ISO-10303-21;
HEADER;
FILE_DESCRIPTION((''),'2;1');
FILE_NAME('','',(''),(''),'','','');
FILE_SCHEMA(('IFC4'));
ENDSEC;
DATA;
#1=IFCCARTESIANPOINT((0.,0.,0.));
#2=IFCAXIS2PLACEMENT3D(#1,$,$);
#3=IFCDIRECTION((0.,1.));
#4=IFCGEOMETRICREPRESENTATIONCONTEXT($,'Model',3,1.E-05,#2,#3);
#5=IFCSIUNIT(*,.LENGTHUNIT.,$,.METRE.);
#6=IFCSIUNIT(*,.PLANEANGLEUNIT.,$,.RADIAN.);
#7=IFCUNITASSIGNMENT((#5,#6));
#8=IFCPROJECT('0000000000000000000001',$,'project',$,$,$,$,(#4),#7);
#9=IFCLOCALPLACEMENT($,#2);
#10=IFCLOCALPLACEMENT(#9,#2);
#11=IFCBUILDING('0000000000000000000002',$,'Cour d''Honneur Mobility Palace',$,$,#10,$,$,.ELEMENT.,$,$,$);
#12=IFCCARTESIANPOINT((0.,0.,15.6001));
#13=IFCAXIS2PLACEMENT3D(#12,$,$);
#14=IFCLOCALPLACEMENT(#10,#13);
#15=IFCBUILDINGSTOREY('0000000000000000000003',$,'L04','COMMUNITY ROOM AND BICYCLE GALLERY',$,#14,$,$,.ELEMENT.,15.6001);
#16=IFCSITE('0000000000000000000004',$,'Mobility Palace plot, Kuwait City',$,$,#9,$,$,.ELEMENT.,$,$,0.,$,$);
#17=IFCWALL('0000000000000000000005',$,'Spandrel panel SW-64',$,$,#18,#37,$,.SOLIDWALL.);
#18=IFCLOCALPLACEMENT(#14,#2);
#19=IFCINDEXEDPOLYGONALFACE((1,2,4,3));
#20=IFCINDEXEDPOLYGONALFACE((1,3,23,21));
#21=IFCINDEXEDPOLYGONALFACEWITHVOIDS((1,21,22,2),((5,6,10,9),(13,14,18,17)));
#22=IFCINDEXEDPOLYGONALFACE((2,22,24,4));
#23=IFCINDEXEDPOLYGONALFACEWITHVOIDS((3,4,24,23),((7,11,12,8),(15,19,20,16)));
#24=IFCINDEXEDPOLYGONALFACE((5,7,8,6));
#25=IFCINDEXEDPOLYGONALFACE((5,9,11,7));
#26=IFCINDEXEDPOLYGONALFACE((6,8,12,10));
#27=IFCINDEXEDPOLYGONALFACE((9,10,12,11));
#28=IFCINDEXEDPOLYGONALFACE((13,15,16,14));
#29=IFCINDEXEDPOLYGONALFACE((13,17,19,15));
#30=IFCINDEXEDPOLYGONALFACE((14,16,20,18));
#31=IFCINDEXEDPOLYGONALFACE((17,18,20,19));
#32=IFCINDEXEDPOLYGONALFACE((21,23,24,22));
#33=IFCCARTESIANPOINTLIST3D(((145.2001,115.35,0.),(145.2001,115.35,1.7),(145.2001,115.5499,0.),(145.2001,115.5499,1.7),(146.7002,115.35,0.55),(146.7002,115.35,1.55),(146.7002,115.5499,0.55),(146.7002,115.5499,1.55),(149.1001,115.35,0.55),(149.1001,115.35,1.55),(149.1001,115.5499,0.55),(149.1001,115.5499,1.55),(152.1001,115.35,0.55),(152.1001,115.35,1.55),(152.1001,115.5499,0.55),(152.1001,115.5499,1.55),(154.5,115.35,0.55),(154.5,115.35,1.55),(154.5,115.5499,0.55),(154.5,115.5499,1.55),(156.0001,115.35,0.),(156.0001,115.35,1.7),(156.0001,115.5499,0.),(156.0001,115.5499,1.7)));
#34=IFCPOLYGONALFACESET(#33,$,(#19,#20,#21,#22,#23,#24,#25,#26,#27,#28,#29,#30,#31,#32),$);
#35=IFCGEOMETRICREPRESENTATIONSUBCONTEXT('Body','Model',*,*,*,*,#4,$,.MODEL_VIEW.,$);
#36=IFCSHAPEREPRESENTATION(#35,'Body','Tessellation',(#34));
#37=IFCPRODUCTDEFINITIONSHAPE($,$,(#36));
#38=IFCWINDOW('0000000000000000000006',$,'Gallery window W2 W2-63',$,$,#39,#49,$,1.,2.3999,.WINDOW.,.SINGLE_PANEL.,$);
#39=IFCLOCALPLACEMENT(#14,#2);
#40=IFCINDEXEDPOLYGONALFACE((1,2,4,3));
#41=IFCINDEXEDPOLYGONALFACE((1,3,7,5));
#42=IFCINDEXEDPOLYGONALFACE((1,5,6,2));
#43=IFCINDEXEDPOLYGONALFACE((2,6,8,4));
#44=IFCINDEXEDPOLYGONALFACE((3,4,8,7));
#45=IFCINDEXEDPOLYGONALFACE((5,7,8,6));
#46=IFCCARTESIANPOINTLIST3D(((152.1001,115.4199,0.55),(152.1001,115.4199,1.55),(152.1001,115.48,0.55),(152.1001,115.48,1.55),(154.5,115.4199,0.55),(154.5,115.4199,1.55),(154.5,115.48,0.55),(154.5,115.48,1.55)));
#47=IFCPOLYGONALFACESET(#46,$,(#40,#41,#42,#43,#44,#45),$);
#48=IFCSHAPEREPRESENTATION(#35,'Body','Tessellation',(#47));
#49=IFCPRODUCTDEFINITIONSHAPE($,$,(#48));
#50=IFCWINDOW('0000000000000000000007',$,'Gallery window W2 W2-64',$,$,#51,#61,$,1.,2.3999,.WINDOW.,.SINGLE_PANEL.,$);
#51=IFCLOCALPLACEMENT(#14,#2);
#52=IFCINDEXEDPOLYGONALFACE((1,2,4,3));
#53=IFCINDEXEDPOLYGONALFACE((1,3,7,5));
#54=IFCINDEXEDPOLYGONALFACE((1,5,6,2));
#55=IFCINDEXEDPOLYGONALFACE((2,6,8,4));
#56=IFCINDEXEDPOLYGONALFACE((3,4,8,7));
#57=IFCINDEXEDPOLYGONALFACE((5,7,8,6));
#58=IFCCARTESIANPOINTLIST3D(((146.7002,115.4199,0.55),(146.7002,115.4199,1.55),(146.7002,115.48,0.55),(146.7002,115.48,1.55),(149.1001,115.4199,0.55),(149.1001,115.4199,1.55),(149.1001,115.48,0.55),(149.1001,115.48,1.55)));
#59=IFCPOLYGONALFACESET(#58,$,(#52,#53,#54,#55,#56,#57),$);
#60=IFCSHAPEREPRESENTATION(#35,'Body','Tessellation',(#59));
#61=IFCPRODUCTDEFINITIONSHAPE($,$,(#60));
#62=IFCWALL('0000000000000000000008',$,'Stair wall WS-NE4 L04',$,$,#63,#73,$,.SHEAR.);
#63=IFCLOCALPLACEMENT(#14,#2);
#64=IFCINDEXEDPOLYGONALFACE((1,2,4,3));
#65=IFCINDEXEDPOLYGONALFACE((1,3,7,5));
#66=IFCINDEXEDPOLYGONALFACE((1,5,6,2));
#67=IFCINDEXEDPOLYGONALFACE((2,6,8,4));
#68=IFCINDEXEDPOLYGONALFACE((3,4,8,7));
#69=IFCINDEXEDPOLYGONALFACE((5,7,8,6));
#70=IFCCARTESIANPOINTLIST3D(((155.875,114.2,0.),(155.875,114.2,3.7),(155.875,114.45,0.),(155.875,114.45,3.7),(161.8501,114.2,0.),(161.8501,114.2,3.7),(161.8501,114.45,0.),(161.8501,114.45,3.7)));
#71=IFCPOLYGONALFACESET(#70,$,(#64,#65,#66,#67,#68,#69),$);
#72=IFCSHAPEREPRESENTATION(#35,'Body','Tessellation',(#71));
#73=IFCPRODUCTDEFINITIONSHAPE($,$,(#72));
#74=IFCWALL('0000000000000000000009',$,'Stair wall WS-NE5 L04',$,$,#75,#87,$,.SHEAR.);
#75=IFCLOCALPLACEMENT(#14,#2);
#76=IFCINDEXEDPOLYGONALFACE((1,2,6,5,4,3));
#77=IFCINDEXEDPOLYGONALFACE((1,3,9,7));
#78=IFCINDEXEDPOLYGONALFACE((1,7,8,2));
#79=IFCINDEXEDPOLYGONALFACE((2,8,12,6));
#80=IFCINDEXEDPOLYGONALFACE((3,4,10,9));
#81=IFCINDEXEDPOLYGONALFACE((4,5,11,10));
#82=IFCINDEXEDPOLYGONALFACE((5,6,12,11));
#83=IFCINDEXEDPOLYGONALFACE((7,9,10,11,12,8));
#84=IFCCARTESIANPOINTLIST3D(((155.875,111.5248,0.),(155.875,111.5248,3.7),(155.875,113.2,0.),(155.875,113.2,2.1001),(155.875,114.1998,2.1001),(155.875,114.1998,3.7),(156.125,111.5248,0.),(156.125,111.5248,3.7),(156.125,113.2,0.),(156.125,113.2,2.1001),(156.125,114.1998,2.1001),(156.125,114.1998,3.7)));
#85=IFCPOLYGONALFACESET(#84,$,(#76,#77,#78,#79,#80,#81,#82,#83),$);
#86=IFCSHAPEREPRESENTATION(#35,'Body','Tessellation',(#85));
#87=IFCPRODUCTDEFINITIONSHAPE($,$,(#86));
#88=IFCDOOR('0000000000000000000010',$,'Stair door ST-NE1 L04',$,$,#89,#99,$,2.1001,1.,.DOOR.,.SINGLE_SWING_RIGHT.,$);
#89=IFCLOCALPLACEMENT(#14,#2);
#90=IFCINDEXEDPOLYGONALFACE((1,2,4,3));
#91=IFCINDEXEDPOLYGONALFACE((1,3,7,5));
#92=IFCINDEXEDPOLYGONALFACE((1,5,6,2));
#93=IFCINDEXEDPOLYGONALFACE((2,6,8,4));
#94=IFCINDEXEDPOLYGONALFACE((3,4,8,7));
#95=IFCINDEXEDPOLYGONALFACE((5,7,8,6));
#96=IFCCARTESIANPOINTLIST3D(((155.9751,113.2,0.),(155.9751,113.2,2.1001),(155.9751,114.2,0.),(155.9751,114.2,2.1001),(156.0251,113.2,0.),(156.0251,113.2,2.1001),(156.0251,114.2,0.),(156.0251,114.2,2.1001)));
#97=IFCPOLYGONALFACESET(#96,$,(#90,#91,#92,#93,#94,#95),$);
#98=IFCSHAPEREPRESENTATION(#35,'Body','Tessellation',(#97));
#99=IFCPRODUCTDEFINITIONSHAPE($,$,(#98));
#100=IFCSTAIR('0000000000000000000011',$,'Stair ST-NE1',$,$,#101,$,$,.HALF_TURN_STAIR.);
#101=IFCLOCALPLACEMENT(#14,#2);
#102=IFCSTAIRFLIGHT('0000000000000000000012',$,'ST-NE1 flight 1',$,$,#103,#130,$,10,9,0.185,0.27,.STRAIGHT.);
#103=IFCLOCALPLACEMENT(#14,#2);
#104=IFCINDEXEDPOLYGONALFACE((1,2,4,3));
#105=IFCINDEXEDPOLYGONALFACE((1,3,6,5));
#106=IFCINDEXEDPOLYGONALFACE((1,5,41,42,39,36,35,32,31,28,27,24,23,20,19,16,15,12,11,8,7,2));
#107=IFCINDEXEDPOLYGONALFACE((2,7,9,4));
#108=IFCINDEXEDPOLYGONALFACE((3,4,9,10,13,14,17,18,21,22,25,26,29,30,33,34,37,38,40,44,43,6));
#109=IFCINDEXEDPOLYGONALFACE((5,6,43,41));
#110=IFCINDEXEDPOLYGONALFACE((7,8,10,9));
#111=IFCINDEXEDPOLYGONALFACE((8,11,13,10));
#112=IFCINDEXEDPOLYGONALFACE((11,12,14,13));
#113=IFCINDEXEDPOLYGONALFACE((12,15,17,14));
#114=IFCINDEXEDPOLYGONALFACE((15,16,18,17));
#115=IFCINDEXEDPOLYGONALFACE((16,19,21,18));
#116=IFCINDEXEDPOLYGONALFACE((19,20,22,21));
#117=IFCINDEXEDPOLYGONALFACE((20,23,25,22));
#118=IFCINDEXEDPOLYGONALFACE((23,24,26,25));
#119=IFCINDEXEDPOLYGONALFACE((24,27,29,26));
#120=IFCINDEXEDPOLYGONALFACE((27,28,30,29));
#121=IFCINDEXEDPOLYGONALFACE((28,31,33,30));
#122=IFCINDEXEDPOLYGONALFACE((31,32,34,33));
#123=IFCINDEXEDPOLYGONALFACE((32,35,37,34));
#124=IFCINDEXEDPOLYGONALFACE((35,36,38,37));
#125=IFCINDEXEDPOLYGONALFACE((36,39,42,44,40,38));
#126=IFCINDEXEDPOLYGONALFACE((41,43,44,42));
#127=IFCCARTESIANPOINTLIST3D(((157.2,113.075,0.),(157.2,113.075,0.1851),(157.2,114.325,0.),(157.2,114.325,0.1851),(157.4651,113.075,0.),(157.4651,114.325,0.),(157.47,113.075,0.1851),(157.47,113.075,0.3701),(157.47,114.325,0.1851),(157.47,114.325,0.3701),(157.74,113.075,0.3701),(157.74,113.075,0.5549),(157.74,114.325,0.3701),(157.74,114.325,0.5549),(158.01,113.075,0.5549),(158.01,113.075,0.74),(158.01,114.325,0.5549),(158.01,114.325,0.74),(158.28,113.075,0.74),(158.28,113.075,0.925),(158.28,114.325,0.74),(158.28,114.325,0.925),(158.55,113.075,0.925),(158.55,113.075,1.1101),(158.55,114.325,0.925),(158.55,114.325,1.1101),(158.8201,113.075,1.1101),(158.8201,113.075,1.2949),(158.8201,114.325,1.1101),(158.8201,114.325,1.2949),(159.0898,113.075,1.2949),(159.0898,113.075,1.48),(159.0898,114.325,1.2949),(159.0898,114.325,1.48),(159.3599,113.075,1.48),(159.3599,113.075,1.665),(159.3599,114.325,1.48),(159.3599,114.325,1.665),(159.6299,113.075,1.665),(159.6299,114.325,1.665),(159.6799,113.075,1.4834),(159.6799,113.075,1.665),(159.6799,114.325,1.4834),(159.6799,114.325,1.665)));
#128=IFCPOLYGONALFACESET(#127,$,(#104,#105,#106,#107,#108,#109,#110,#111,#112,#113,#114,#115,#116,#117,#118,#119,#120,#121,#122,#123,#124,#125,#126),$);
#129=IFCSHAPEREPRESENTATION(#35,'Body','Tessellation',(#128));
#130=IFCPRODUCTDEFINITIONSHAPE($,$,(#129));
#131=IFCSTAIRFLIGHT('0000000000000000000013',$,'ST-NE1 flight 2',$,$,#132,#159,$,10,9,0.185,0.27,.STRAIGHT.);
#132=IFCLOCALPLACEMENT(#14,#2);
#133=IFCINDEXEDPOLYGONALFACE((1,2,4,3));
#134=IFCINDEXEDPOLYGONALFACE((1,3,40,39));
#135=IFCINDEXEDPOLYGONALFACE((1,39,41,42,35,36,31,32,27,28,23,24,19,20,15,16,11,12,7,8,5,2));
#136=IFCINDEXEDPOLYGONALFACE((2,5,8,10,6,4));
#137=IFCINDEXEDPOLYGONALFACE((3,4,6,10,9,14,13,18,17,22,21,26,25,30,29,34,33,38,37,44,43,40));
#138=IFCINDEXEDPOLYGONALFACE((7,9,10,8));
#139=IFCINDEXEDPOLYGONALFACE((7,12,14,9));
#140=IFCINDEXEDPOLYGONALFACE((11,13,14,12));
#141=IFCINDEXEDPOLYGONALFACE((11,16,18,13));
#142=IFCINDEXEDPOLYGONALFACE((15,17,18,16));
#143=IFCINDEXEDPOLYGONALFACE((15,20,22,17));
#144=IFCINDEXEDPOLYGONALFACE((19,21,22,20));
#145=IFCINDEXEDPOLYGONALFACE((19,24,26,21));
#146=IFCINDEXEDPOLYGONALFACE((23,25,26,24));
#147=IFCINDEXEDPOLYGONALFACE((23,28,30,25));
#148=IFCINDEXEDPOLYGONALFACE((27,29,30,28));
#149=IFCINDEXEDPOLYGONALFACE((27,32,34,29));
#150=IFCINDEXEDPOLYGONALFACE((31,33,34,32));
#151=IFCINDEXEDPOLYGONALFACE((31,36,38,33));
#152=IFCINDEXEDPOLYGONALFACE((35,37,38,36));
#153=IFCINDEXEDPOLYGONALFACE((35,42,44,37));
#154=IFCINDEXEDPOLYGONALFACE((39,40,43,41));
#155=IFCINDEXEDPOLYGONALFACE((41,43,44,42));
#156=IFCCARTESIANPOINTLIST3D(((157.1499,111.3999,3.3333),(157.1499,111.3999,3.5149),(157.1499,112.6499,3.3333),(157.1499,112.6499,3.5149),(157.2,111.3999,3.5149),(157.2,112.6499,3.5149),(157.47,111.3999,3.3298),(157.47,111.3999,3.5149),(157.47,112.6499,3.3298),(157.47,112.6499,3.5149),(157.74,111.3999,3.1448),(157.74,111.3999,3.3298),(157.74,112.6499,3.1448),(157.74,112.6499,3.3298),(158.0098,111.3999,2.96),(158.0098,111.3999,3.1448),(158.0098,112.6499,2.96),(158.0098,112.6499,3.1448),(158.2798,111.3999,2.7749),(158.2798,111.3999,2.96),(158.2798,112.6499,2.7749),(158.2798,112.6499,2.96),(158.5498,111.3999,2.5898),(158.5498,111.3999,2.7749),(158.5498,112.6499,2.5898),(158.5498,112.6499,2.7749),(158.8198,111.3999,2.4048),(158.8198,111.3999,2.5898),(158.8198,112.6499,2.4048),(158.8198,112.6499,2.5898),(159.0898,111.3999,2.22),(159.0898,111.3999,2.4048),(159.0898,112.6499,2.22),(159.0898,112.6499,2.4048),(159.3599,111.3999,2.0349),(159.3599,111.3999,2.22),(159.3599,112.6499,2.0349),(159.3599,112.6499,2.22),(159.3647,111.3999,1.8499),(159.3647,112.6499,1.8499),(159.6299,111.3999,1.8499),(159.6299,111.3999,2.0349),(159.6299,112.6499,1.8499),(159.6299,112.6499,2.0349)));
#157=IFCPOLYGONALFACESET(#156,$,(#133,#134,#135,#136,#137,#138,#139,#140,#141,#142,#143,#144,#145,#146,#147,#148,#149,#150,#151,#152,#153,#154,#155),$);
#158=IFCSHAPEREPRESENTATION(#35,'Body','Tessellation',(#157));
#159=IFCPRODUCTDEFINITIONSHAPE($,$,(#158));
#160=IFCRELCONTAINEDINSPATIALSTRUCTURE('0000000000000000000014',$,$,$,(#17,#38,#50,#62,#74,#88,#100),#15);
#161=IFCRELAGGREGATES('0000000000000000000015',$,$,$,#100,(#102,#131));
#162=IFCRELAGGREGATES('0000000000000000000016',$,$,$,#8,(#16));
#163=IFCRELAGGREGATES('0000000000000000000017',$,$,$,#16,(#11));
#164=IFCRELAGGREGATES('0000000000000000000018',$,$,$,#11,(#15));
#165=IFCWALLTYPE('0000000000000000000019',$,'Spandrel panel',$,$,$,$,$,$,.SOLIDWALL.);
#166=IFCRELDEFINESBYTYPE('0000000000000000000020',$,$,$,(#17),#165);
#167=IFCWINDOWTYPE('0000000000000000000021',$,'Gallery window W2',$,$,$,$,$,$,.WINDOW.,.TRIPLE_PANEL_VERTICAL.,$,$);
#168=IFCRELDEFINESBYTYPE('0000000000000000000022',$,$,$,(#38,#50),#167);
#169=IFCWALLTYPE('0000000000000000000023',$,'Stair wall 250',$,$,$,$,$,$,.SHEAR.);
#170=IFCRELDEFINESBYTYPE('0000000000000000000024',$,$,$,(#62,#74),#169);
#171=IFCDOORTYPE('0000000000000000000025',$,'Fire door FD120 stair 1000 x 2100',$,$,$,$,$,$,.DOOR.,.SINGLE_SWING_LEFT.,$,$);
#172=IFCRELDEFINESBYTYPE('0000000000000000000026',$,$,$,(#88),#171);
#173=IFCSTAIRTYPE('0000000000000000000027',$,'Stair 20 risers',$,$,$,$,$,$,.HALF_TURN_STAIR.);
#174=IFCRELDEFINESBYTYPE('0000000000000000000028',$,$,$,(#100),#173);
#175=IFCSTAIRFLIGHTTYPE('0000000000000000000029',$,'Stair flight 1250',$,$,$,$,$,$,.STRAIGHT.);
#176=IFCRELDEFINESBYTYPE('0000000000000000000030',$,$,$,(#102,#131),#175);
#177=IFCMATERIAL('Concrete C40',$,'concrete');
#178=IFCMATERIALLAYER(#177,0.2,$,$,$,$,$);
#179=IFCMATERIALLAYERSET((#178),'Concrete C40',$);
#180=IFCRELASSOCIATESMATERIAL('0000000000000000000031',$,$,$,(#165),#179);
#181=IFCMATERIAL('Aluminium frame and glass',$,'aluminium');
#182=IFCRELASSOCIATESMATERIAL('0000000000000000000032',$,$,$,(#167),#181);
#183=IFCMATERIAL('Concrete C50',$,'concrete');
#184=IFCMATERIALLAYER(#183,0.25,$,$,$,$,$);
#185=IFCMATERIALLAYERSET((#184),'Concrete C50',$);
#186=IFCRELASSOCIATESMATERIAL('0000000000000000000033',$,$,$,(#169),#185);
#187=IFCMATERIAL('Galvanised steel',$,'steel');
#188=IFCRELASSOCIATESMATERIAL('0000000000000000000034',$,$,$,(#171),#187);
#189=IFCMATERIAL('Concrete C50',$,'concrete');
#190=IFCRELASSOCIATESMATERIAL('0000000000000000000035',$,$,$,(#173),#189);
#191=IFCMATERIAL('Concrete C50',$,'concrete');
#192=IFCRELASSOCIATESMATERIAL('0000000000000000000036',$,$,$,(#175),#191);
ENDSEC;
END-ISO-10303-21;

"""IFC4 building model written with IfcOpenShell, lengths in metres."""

from ifc_helpers import new_model, si_unit, direction, frame, frame_2d, origin, place, context, subcontext, project, spatial, polyline, rectangle, outline, extrude, material, layer, layer_set, type_object, element, fill, aggregate, save


model = new_model("IFC4")

# Units and contexts
model_context = context("Model", 3, precision=1e-05, world=origin(), true_north=direction((0.0, 1.0)))
body_context = subcontext(model_context, "Body", "Model", "MODEL_VIEW")
ifc_project = project(units=[si_unit("LENGTHUNIT", "METRE"), si_unit("PLANEANGLEUNIT", "RADIAN")], contexts=[model_context])

# Site, building, storey
site_placement = place(None, origin())
site = spatial("IfcSite", under=ifc_project, at=site_placement, Name="Mobility Palace plot, Kuwait City", CompositionType="ELEMENT", RefElevation=0.0)
building_placement = place(site_placement, origin())
building = spatial("IfcBuilding", under=site, at=building_placement, Name="Cour d'Honneur Mobility Palace", CompositionType="ELEMENT")
storey_placement = place(building_placement, frame((0.0, 0.0, 15.6001)))
storey = spatial("IfcBuildingStorey", under=building, at=storey_placement, Name="L04", Description="COMMUNITY ROOM AND BICYCLE GALLERY", CompositionType="ELEMENT", Elevation=15.6001)

# Wall, openings, windows
ifc_material_1 = material(Name="Concrete C40", Category="concrete")
ifc_layer_1 = layer(ifc_material_1, 0.2)
ifc_layer_set_1 = layer_set([ifc_layer_1], Name="Concrete C40")
wall_type_1 = type_object("IfcWallType", Name="Spandrel panel", PredefinedType="SOLIDWALL", material=ifc_layer_set_1)
wall_1_placement = place(storey_placement, frame((156.0, 115.45, 0.0), z_axis=(0.0, 0.0, 1.0), x_axis=(-1.0, 0.0, 0.0)))
wall_1 = element("IfcWall", 1, at=wall_1_placement, inside=storey, type_object=wall_type_1, Name="Spandrel panel SW-64", PredefinedType="SOLIDWALL", context=body_context, shape_type="SweptSolid", body=[
    extrude(rectangle(XDim=10.8, YDim=0.2, at=frame_2d((5.3999, 0.0))), origin(), (0.0, 0.0, 1.0), 1.7),
])
opening_1_placement = place(wall_1_placement, frame((1.5, 0.0, 0.55)))
opening_1 = element("IfcOpeningElement", 2, at=opening_1_placement, cuts=wall_1, PredefinedType="OPENING", context=body_context, shape_type="SweptSolid", body=[
    extrude(rectangle(XDim=2.3999, YDim=1.0, at=frame_2d((1.2, 0.5))), frame((0.0, 0.1099, 0.0), z_axis=(0.0, -1.0, 0.0), x_axis=(1.0, 0.0, 0.0)), (0.0, 0.0, 1.0), 0.22),
])
opening_2_placement = place(wall_1_placement, frame((6.8999, 0.0, 0.55)))
opening_2 = element("IfcOpeningElement", 3, at=opening_2_placement, cuts=wall_1, PredefinedType="OPENING", context=body_context, shape_type="SweptSolid", body=[
    extrude(rectangle(XDim=2.3999, YDim=1.0, at=frame_2d((1.2, 0.5))), frame((0.0, 0.1099, 0.0), z_axis=(0.0, -1.0, 0.0), x_axis=(1.0, 0.0, 0.0)), (0.0, 0.0, 1.0), 0.22),
])
ifc_material_2 = material(Name="Aluminium frame and glass", Category="aluminium")
window_type = type_object("IfcWindowType", Name="Gallery window W2", PartitioningType="TRIPLE_PANEL_VERTICAL", PredefinedType="WINDOW", material=ifc_material_2)
window_1_placement = place(opening_1_placement, origin())
window_1 = element("IfcWindow", 4, at=window_1_placement, inside=storey, type_object=window_type, Name="Gallery window W2 W2-63", OverallHeight=1.0, OverallWidth=2.3999, PartitioningType="SINGLE_PANEL", PredefinedType="WINDOW", context=body_context, shape_type="SweptSolid", body=[
    extrude(rectangle(XDim=2.3999, YDim=1.0, at=frame_2d((1.2, 0.5))), frame((0.0, 0.03, 0.0), z_axis=(0.0, -1.0, 0.0), x_axis=(1.0, 0.0, 0.0)), (0.0, 0.0, 1.0), 0.0601),
])
fill(opening_1, window_1)
window_2_placement = place(opening_2_placement, origin())
window_2 = element("IfcWindow", 5, at=window_2_placement, inside=storey, type_object=window_type, Name="Gallery window W2 W2-64", OverallHeight=1.0, OverallWidth=2.3999, PartitioningType="SINGLE_PANEL", PredefinedType="WINDOW", context=body_context, shape_type="SweptSolid", body=[
    extrude(rectangle(XDim=2.3999, YDim=1.0, at=frame_2d((1.2, 0.5))), frame((0.0, 0.03, 0.0), z_axis=(0.0, -1.0, 0.0), x_axis=(1.0, 0.0, 0.0)), (0.0, 0.0, 1.0), 0.0601),
])
fill(opening_2, window_2)

# Wall
ifc_material_3 = material(Name="Concrete C50", Category="concrete")
ifc_layer_2 = layer(ifc_material_3, 0.25)
ifc_layer_set_2 = layer_set([ifc_layer_2], Name="Concrete C50")
wall_type_2 = type_object("IfcWallType", Name="Stair wall 250", PredefinedType="SHEAR", material=ifc_layer_set_2)
wall_2_placement = place(storey_placement, frame((155.875, 114.325, 0.0), z_axis=(0.0, 0.0, 1.0), x_axis=(1.0, 0.0, 0.0)))
element("IfcWall", 6, at=wall_2_placement, inside=storey, type_object=wall_type_2, Name="Stair wall WS-NE4 L04", PredefinedType="SHEAR", context=body_context, shape_type="SweptSolid", body=[
    extrude(rectangle(XDim=5.9751, YDim=0.25, at=frame_2d((2.9875, 0.0))), origin(), (0.0, 0.0, 1.0), 3.7),
])

# Wall, opening, door
wall_3_placement = place(storey_placement, frame((156.0, 111.5249, 0.0), z_axis=(0.0, 0.0, 1.0), x_axis=(0.0, 1.0, 0.0)))
wall_3 = element("IfcWall", 7, at=wall_3_placement, inside=storey, type_object=wall_type_2, Name="Stair wall WS-NE5 L04", PredefinedType="SHEAR", context=body_context, shape_type="SweptSolid", body=[
    extrude(rectangle(XDim=2.675, YDim=0.25, at=frame_2d((1.3374, 0.0))), origin(), (0.0, 0.0, 1.0), 3.7),
])
opening_3_placement = place(wall_3_placement, frame((1.675, 0.0, 0.0)))
opening_3 = element("IfcOpeningElement", 8, at=opening_3_placement, cuts=wall_3, PredefinedType="OPENING", context=body_context, shape_type="SweptSolid", body=[
    extrude(rectangle(XDim=1.0, YDim=2.1001, at=frame_2d((0.5, 1.05))), frame((0.0, 0.135, 0.0), z_axis=(0.0, -1.0, 0.0), x_axis=(1.0, 0.0, 0.0)), (0.0, 0.0, 1.0), 0.27),
])
ifc_material_4 = material(Name="Galvanised steel", Category="steel")
door_type = type_object("IfcDoorType", Name="Fire door FD120 stair 1000 x 2100", OperationType="SINGLE_SWING_LEFT", PredefinedType="DOOR", material=ifc_material_4)
door_placement = place(opening_3_placement, origin())
door = element("IfcDoor", 9, at=door_placement, inside=storey, type_object=door_type, Name="Stair door ST-NE1 L04", OperationType="SINGLE_SWING_RIGHT", OverallHeight=2.1001, OverallWidth=1.0, PredefinedType="DOOR", context=body_context, shape_type="SweptSolid", body=[
    extrude(rectangle(XDim=1.0, YDim=2.1001, at=frame_2d((0.5, 1.05))), frame((0.0, 0.0249, 0.0), z_axis=(0.0, -1.0, 0.0), x_axis=(1.0, 0.0, 0.0)), (0.0, 0.0, 1.0), 0.05),
])
fill(opening_3, door)

# Stair, stair flights
ifc_material_5 = material(Name="Concrete C50", Category="concrete")
stair_type = type_object("IfcStairType", Name="Stair 20 risers", PredefinedType="HALF_TURN_STAIR", material=ifc_material_5)
stair_placement = place(storey_placement, origin())
stair = element("IfcStair", 10, at=stair_placement, inside=storey, type_object=stair_type, Name="Stair ST-NE1", PredefinedType="HALF_TURN_STAIR")
ifc_material_6 = material(Name="Concrete C50", Category="concrete")
stair_flight_type = type_object("IfcStairFlightType", Name="Stair flight 1250", PredefinedType="STRAIGHT", material=ifc_material_6)
stair_flight_1_placement = place(storey_placement, frame((157.2, 113.7, 0.0), z_axis=(0.0, 0.0, 1.0), x_axis=(1.0, 0.0, 0.0)))
stair_flight_1 = element("IfcStairFlight", 11, at=stair_flight_1_placement, type_object=stair_flight_type, Name="ST-NE1 flight 1", NumberOfRisers=10, NumberOfTreads=9, PredefinedType="STRAIGHT", RiserHeight=0.185, TreadLength=0.27, context=body_context, shape_type="SweptSolid", body=[
    extrude(outline(polyline([(0.0, 0.0), (0.0, 0.1851), (0.27, 0.1851), (0.27, 0.3701), (0.54, 0.3701), (0.54, 0.5549), (0.8101, 0.5549), (0.8101, 0.74), (1.0801, 0.74), (1.0801, 0.925), (1.3501, 0.925), (1.3501, 1.1101), (1.6201, 1.1101), (1.6201, 1.2949), (1.8899, 1.2949), (1.8899, 1.48), (2.1599, 1.48), (2.1599, 1.665), (2.4299, 1.665), (2.48, 1.665), (2.48, 1.4834), (0.2651, 0.0), (0.0, 0.0)])), frame((0.0, 0.625, 0.0), z_axis=(0.0, -1.0, 0.0), x_axis=(1.0, 0.0, 0.0)), (0.0, 0.0, 1.0), 1.25),
])
stair_flight_2_placement = place(storey_placement, frame((159.6299, 112.0249, 1.8499), z_axis=(0.0, 0.0, 1.0), x_axis=(-1.0, 0.0, 0.0)))
stair_flight_2 = element("IfcStairFlight", 12, at=stair_flight_2_placement, type_object=stair_flight_type, Name="ST-NE1 flight 2", NumberOfRisers=10, NumberOfTreads=9, PredefinedType="STRAIGHT", RiserHeight=0.185, TreadLength=0.27, context=body_context, shape_type="SweptSolid", body=[
    extrude(outline(polyline([(0.0, 0.0), (0.0, 0.1851), (0.27, 0.1851), (0.27, 0.3701), (0.54, 0.3701), (0.54, 0.5549), (0.8101, 0.5549), (0.8101, 0.74), (1.0801, 0.74), (1.0801, 0.925), (1.3501, 0.925), (1.3501, 1.1101), (1.6201, 1.1101), (1.6201, 1.2949), (1.8899, 1.2949), (1.8899, 1.48), (2.1599, 1.48), (2.1599, 1.665), (2.4299, 1.665), (2.48, 1.665), (2.48, 1.4834), (0.2651, 0.0), (0.0, 0.0)])), frame((0.0, 0.625, 0.0), z_axis=(0.0, -1.0, 0.0), x_axis=(1.0, 0.0, 0.0)), (0.0, 0.0, 1.0), 1.25),
])
aggregate(stair, [stair_flight_1, stair_flight_2])

save(model, "model.ifc")
